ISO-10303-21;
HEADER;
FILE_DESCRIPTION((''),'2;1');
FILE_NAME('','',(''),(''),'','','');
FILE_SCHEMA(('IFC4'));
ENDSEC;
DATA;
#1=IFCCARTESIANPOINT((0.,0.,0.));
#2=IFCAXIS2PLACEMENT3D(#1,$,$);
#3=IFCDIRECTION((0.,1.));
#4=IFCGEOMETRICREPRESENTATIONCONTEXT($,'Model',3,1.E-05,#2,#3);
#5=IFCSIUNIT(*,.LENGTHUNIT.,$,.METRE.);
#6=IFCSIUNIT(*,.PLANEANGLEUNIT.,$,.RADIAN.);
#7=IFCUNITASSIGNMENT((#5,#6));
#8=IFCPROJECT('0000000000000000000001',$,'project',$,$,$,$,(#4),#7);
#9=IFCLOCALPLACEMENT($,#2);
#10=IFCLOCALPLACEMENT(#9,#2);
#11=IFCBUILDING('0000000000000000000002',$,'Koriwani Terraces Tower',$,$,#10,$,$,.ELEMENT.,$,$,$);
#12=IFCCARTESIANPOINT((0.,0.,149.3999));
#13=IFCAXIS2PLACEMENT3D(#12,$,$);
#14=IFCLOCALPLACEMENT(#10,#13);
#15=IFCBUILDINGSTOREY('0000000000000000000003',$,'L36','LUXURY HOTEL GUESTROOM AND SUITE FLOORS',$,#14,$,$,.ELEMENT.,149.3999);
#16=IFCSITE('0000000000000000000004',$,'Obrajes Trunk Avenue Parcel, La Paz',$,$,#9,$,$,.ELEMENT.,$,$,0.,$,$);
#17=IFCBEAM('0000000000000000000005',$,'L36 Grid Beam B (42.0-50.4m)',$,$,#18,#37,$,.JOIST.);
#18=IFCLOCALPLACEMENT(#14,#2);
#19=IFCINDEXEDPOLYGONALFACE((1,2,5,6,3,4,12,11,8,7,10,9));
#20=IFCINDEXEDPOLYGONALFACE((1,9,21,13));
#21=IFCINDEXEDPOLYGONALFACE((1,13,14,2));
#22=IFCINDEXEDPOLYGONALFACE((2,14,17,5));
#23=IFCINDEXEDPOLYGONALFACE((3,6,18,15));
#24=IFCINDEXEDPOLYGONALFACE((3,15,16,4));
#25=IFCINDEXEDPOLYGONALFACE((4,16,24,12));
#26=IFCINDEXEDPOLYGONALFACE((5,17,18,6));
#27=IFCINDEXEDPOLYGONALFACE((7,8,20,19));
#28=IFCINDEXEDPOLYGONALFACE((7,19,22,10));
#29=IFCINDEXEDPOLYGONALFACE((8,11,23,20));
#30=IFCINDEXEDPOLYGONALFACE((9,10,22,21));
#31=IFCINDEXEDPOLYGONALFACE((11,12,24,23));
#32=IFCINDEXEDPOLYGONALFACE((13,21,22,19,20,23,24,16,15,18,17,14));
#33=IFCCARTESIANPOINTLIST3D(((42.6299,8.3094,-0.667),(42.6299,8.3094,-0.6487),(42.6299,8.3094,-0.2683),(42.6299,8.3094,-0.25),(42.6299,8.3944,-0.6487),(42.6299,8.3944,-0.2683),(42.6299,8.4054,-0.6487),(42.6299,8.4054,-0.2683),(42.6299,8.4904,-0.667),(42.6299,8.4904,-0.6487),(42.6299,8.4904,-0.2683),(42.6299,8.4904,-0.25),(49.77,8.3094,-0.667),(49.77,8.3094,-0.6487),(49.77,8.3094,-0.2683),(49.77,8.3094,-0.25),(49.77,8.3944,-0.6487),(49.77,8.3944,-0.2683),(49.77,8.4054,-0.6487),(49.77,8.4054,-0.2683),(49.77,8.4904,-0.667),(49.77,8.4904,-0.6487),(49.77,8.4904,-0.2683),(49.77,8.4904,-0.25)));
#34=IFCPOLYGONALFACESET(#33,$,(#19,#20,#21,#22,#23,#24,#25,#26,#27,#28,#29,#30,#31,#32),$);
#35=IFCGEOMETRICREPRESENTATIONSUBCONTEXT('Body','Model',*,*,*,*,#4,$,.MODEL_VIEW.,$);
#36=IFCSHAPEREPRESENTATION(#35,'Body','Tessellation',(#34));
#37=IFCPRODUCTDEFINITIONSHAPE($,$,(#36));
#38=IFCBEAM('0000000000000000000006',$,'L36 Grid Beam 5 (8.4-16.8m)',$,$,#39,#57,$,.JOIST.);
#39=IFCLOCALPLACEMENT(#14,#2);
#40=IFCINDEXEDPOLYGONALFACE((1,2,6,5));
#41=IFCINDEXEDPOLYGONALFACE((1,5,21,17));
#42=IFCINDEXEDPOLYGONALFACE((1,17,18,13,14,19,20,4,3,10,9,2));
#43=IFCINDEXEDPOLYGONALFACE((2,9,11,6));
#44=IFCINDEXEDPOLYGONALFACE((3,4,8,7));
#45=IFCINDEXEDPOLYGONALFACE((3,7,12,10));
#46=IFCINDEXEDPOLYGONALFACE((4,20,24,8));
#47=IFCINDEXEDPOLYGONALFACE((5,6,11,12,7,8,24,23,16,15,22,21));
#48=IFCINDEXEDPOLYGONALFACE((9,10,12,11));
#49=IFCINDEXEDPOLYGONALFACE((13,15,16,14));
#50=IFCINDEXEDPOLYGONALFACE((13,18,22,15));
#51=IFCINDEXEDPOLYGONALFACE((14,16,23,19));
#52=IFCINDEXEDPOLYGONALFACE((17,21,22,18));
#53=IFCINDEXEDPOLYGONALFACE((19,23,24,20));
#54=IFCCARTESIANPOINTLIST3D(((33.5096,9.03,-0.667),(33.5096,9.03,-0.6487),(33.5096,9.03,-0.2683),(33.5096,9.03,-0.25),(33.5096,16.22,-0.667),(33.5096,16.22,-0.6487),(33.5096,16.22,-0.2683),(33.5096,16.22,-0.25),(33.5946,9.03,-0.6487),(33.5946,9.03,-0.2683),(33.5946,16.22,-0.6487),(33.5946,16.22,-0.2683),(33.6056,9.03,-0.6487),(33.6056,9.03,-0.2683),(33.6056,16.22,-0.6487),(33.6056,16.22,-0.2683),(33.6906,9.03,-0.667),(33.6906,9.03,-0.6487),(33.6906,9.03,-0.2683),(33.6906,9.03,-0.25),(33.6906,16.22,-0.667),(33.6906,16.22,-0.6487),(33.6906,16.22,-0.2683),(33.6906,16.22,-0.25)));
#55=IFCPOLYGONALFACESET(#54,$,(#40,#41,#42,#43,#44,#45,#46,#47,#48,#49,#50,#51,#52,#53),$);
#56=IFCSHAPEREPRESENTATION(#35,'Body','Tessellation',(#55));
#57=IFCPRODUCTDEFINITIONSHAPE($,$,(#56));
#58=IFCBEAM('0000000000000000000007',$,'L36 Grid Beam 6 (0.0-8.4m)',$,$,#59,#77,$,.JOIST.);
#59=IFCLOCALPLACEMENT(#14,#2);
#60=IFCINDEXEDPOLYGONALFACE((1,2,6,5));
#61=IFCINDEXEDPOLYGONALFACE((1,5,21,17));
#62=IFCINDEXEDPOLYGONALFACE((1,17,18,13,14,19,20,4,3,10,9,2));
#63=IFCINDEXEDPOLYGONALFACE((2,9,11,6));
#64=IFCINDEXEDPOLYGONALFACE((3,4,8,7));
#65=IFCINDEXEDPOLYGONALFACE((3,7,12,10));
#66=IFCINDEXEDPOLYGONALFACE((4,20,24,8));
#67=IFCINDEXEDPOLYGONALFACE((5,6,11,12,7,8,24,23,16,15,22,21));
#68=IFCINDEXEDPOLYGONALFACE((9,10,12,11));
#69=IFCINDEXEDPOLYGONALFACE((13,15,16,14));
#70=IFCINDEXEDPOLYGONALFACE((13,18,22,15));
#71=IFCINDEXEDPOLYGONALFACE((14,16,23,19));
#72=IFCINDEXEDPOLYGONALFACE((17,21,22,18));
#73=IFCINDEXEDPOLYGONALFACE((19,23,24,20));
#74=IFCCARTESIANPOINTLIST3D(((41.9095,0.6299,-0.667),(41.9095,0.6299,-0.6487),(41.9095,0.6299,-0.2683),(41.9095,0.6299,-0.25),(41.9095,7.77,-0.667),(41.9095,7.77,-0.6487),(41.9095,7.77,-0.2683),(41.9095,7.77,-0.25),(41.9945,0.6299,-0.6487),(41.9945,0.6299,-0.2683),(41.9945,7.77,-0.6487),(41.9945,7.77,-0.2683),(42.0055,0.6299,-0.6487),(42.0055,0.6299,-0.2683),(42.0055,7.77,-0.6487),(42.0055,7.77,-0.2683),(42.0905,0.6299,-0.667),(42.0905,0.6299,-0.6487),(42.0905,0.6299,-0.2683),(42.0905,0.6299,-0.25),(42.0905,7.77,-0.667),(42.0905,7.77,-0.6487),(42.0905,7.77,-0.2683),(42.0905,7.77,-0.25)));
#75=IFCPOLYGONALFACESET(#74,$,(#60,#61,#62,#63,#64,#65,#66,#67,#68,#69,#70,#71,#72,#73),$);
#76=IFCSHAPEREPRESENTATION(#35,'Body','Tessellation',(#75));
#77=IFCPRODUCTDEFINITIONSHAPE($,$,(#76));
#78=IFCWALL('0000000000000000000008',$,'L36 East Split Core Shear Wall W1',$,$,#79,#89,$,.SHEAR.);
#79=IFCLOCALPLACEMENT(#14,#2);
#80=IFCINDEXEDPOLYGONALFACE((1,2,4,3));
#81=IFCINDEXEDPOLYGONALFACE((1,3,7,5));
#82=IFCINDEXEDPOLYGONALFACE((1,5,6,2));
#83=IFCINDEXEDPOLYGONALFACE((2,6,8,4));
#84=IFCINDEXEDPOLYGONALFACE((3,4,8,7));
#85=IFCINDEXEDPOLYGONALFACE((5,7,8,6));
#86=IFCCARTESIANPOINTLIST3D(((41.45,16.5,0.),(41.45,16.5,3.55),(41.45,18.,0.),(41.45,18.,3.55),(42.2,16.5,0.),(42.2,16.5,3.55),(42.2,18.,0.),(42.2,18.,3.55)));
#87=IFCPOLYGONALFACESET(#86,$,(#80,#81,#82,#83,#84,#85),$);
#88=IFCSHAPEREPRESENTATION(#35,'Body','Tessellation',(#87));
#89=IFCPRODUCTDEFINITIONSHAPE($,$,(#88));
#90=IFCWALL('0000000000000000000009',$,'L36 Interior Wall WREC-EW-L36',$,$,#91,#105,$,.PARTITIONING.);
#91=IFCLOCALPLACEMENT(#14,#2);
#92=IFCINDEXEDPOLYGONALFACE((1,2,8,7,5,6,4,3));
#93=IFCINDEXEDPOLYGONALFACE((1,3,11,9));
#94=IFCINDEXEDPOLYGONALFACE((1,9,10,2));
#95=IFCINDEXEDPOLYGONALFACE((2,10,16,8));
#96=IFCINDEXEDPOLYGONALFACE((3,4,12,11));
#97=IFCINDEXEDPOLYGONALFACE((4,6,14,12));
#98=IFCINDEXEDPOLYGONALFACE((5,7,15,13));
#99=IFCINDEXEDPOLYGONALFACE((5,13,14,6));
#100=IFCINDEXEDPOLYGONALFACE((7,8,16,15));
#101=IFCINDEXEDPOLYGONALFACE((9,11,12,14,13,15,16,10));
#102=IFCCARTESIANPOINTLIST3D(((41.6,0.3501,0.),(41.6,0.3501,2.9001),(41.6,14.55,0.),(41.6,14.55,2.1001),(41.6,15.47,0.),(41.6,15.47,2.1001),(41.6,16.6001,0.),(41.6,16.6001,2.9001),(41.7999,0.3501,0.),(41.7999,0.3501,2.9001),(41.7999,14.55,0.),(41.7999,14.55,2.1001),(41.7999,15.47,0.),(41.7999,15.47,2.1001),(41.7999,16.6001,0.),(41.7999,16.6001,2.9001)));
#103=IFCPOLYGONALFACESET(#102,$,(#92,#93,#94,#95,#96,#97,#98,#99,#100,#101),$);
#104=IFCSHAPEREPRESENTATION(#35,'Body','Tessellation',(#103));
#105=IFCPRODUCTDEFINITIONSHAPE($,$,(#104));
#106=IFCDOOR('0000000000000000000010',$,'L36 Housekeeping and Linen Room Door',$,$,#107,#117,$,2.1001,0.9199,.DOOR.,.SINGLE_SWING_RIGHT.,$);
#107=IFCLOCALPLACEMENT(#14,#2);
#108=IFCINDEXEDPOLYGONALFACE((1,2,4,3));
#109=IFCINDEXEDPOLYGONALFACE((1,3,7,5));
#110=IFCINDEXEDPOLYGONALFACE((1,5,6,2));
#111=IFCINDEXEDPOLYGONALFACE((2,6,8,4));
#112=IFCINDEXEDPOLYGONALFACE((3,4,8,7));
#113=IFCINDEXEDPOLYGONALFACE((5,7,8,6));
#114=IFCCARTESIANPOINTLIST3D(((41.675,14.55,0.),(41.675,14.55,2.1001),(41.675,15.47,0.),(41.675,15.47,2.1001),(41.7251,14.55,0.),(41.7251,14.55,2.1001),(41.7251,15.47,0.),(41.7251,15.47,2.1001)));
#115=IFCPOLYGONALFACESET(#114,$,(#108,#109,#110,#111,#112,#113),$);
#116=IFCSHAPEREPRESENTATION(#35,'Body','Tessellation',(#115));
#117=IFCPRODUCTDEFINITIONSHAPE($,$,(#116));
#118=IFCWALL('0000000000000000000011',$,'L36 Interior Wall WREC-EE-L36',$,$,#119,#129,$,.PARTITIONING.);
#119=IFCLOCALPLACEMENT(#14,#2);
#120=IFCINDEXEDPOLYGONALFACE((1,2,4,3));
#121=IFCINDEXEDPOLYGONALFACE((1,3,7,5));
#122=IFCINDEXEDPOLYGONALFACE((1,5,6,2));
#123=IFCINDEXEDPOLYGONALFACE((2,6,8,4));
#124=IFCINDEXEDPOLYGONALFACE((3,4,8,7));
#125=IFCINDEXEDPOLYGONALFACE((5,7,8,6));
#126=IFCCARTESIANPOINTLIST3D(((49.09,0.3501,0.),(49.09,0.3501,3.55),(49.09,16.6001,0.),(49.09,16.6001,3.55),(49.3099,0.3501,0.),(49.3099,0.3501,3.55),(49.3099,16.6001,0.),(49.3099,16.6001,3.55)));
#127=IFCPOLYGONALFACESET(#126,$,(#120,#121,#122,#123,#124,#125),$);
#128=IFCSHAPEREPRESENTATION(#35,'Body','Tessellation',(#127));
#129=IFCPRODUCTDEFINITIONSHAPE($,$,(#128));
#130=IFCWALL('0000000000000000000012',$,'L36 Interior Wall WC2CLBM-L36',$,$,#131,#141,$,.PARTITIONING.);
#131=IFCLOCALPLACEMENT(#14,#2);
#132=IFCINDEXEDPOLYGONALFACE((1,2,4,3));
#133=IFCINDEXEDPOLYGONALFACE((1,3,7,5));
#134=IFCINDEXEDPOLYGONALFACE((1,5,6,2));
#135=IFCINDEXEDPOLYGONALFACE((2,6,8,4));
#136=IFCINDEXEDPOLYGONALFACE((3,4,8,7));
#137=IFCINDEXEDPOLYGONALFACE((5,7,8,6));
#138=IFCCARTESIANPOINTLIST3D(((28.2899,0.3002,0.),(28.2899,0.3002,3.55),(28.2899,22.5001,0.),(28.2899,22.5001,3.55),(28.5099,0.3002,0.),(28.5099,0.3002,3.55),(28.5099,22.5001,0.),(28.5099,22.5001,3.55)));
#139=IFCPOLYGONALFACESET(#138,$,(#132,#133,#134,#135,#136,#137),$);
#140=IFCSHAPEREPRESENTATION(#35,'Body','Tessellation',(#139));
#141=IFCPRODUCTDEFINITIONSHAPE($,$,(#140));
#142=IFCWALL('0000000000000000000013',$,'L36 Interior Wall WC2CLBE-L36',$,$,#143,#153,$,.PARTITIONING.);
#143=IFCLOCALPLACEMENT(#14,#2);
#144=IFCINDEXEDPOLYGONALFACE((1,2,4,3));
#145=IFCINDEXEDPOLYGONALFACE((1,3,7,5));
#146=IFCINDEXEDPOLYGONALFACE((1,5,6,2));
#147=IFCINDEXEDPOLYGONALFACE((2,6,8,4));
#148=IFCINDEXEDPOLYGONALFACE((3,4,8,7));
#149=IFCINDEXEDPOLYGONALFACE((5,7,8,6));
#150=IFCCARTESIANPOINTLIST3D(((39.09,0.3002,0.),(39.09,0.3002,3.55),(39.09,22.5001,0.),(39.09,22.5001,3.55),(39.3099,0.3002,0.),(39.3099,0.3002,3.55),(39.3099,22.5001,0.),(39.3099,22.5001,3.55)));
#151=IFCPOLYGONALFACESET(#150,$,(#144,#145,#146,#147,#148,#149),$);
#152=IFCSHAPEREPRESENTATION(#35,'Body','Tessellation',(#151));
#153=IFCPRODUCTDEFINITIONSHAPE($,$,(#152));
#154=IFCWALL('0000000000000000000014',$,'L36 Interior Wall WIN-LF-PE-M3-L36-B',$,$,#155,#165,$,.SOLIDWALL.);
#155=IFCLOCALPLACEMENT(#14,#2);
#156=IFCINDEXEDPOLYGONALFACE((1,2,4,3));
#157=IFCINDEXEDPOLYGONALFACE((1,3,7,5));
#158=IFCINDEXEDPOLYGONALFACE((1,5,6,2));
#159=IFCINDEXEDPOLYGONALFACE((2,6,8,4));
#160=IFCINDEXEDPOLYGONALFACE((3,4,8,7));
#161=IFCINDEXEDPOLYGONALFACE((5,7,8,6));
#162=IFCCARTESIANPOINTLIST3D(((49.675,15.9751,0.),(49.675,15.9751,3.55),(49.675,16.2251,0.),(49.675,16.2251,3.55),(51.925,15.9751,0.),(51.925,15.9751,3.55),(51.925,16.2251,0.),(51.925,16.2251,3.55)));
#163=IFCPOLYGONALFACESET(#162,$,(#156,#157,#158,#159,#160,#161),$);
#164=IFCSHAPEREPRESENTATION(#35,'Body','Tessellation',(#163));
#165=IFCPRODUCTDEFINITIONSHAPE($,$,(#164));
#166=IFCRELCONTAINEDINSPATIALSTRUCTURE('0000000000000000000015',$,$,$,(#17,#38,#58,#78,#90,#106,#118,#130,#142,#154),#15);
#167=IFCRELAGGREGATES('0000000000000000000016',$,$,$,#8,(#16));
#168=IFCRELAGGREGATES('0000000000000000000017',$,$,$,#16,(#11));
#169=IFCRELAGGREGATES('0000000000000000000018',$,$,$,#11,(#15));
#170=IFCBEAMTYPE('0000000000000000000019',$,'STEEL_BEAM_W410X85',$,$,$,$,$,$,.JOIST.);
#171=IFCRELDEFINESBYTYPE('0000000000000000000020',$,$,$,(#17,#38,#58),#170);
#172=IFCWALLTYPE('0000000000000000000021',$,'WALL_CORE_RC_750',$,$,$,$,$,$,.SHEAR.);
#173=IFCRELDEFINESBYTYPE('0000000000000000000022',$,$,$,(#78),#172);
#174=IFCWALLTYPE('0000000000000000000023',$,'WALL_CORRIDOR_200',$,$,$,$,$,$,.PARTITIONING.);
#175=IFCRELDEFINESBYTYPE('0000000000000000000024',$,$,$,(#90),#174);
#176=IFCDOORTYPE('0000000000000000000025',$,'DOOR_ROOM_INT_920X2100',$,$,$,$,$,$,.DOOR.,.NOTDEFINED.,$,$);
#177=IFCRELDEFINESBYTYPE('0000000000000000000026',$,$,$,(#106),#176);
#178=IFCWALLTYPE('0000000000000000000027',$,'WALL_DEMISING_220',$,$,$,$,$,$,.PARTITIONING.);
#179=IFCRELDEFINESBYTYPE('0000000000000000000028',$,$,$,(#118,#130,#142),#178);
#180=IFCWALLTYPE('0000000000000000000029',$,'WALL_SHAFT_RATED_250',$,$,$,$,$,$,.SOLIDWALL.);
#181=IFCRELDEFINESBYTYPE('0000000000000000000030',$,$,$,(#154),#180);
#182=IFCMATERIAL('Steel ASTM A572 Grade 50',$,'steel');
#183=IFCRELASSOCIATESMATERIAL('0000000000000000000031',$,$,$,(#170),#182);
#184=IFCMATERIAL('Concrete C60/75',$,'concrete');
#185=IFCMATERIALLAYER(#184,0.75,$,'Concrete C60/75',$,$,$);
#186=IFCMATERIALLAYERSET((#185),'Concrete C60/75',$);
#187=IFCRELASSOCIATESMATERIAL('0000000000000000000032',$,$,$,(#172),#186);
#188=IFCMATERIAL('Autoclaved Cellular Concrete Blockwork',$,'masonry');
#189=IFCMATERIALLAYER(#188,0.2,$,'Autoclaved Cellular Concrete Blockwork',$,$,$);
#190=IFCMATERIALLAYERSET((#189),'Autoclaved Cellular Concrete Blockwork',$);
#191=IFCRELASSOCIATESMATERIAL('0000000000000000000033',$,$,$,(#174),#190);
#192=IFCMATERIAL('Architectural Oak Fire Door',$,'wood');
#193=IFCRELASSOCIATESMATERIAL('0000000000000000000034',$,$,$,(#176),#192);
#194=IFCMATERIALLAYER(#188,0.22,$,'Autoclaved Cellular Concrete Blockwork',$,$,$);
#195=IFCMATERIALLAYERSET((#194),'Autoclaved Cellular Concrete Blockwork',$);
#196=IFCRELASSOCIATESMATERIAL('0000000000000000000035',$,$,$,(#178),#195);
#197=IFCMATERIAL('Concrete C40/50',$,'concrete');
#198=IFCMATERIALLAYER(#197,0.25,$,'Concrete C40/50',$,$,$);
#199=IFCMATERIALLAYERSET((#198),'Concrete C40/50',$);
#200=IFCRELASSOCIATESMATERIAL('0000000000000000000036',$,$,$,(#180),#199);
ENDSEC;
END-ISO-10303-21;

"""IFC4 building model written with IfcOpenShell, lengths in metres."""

from ifc_helpers import new_model, si_unit, direction, frame, frame_2d, origin, origin_2d, place, context, subcontext, project, spatial, rectangle, i_section, extrude, material, layer, layer_set, material_profile, profile_set, type_object, element, fill, save


model = new_model("IFC4")

# Units and contexts
model_context = context("Model", 3, precision=1e-05, world=origin(), true_north=direction((0.0, 1.0)))
body_context = subcontext(model_context, "Body", "Model", "MODEL_VIEW")
ifc_project = project(units=[si_unit("LENGTHUNIT", "METRE"), si_unit("PLANEANGLEUNIT", "RADIAN")], contexts=[model_context])

# Site, building, storey
site_placement = place(None, origin())
site = spatial("IfcSite", under=ifc_project, at=site_placement, Name="Obrajes Trunk Avenue Parcel, La Paz", CompositionType="ELEMENT", RefElevation=0.0)
building_placement = place(site_placement, origin())
building = spatial("IfcBuilding", under=site, at=building_placement, Name="Koriwani Terraces Tower", CompositionType="ELEMENT")
storey_placement = place(building_placement, frame((0.0, 0.0, 149.3999)))
storey = spatial("IfcBuildingStorey", under=building, at=storey_placement, Name="L36", Description="LUXURY HOTEL GUESTROOM AND SUITE FLOORS", CompositionType="ELEMENT", Elevation=149.3999)

# Shared definitions
ifc_material_1 = material(Name="Concrete C60/75", Category="concrete")

# Beams
ifc_material_2 = material(Name="Concrete C40/50", Category="concrete")
ifc_material_3 = material(Name="Steel ASTM A572 Grade 50", Category="steel")
ifc_material_profile_1 = material_profile(ifc_material_3, i_section(OverallWidth=0.1809, OverallDepth=0.417, WebThickness=0.011, FlangeThickness=0.0183, at=origin_2d()), Name="Steel ASTM A572 Grade 50", Category="LoadBearing")
ifc_profile_set_1 = profile_set([ifc_material_profile_1], Name="Steel ASTM A572 Grade 50")
beam_type_1 = type_object("IfcBeamType", Name="STEEL_BEAM_W410X85", PredefinedType="JOIST", material=ifc_profile_set_1)
beam_1_placement = place(storey_placement, frame((42.6299, 8.3999, -0.4585), z_axis=(1.0, 0.0, 0.0), x_axis=(0.0, 1.0, 0.0)))
element("IfcBeam", 1, at=beam_1_placement, inside=storey, type_object=beam_type_1, Name="L36 Grid Beam B (42.0-50.4m)", PredefinedType="JOIST", context=body_context, shape_type="SweptSolid", body=[
    extrude(i_section(OverallWidth=0.1809, OverallDepth=0.417, WebThickness=0.011, FlangeThickness=0.0183, at=origin_2d()), origin(), (0.0, 0.0, 1.0), 7.1401),
])
beam_2_placement = place(storey_placement, frame((33.6001, 9.03, -0.4585), z_axis=(0.0, 1.0, 0.0), x_axis=(-1.0, 0.0, 0.0)))
element("IfcBeam", 2, at=beam_2_placement, inside=storey, type_object=beam_type_1, Name="L36 Grid Beam 5 (8.4-16.8m)", PredefinedType="JOIST", context=body_context, shape_type="SweptSolid", body=[
    extrude(i_section(OverallWidth=0.1809, OverallDepth=0.417, WebThickness=0.011, FlangeThickness=0.0183, at=origin_2d()), origin(), (0.0, 0.0, 1.0), 7.1899),
])
beam_3_placement = place(storey_placement, frame((42.0, 0.6299, -0.4585), z_axis=(0.0, 1.0, 0.0), x_axis=(-1.0, 0.0, 0.0)))
element("IfcBeam", 3, at=beam_3_placement, inside=storey, type_object=beam_type_1, Name="L36 Grid Beam 6 (0.0-8.4m)", PredefinedType="JOIST", context=body_context, shape_type="SweptSolid", body=[
    extrude(i_section(OverallWidth=0.1809, OverallDepth=0.417, WebThickness=0.011, FlangeThickness=0.0183, at=origin_2d()), origin(), (0.0, 0.0, 1.0), 7.1401),
])

# Wall
ifc_layer_1 = layer(ifc_material_1, 0.75, Name="Concrete C60/75")
ifc_layer_set_1 = layer_set([ifc_layer_1], Name="Concrete C60/75")
wall_type_1 = type_object("IfcWallType", Name="WALL_CORE_RC_750", PredefinedType="SHEAR", material=ifc_layer_set_1)
wall_1_placement = place(storey_placement, frame((41.825, 16.5, 0.0), z_axis=(0.0, 0.0, 1.0), x_axis=(0.0, 1.0, 0.0)))
element("IfcWall", 4, at=wall_1_placement, inside=storey, type_object=wall_type_1, Name="L36 East Split Core Shear Wall W1", PredefinedType="SHEAR", context=body_context, shape_type="SweptSolid", body=[
    extrude(rectangle(XDim=1.5, YDim=0.75, at=frame_2d((0.75, 0.0))), origin(), (0.0, 0.0, 1.0), 3.55),
])

# Wall, opening, door
ifc_material_4 = material(Name="Autoclaved Cellular Concrete Blockwork", Category="masonry")
ifc_layer_2 = layer(ifc_material_4, 0.2, Name="Autoclaved Cellular Concrete Blockwork")
ifc_layer_set_2 = layer_set([ifc_layer_2], Name="Autoclaved Cellular Concrete Blockwork")
wall_type_2 = type_object("IfcWallType", Name="WALL_CORRIDOR_200", PredefinedType="PARTITIONING", material=ifc_layer_set_2)
wall_2_placement = place(storey_placement, frame((41.7, 0.3501, 0.0), z_axis=(0.0, 0.0, 1.0), x_axis=(0.0, 1.0, 0.0)))
wall_2 = element("IfcWall", 5, at=wall_2_placement, inside=storey, type_object=wall_type_2, Name="L36 Interior Wall WREC-EW-L36", PredefinedType="PARTITIONING", context=body_context, shape_type="SweptSolid", body=[
    extrude(rectangle(XDim=16.25, YDim=0.2, at=frame_2d((8.125, 0.0))), origin(), (0.0, 0.0, 1.0), 2.9001),
])
opening_1_placement = place(wall_2_placement, frame((14.2, 0.0, 0.0)))
opening_1 = element("IfcOpeningElement", 6, at=opening_1_placement, cuts=wall_2, PredefinedType="OPENING", context=body_context, shape_type="SweptSolid", body=[
    extrude(rectangle(XDim=0.9199, YDim=2.1001, at=frame_2d((0.46, 1.05))), frame((0.0, 0.1099, 0.0), z_axis=(0.0, -1.0, 0.0), x_axis=(1.0, 0.0, 0.0)), (0.0, 0.0, 1.0), 0.22),
])
ifc_material_5 = material(Name="Architectural Oak Fire Door", Category="wood")
door_type_1 = type_object("IfcDoorType", Name="DOOR_ROOM_INT_920X2100", OperationType="NOTDEFINED", PredefinedType="DOOR", material=ifc_material_5)
door_1_placement = place(opening_1_placement, origin())
door_1 = element("IfcDoor", 7, at=door_1_placement, inside=storey, type_object=door_type_1, Name="L36 Housekeeping and Linen Room Door", OperationType="SINGLE_SWING_RIGHT", OverallHeight=2.1001, OverallWidth=0.9199, PredefinedType="DOOR", context=body_context, shape_type="SweptSolid", body=[
    extrude(rectangle(XDim=0.9199, YDim=2.1001, at=frame_2d((0.46, 1.05))), frame((0.0, 0.0249, 0.0), z_axis=(0.0, -1.0, 0.0), x_axis=(1.0, 0.0, 0.0)), (0.0, 0.0, 1.0), 0.05),
])
fill(opening_1, door_1)

# Walls
ifc_layer_3 = layer(ifc_material_4, 0.22, Name="Autoclaved Cellular Concrete Blockwork")
ifc_layer_set_3 = layer_set([ifc_layer_3], Name="Autoclaved Cellular Concrete Blockwork")
wall_type_3 = type_object("IfcWallType", Name="WALL_DEMISING_220", PredefinedType="PARTITIONING", material=ifc_layer_set_3)
wall_3_placement = place(storey_placement, frame((49.2, 0.3501, 0.0), z_axis=(0.0, 0.0, 1.0), x_axis=(0.0, 1.0, 0.0)))
element("IfcWall", 8, at=wall_3_placement, inside=storey, type_object=wall_type_3, Name="L36 Interior Wall WREC-EE-L36", PredefinedType="PARTITIONING", context=body_context, shape_type="SweptSolid", body=[
    extrude(rectangle(XDim=16.25, YDim=0.22, at=frame_2d((8.125, 0.0))), origin(), (0.0, 0.0, 1.0), 3.55),
])
for number, where, z_axis, x_axis, name in (
    (9, (28.3999, 0.3, 0.0), (0.0, 0.0, 1.0), (0.0, 1.0, 0.0), "L36 Interior Wall WC2CLBM-L36"),
    (10, (39.2, 0.3, 0.0), (0.0, 0.0, 1.0), (0.0, 1.0, 0.0), "L36 Interior Wall WC2CLBE-L36"),
):
    element("IfcWall", number, at=place(storey_placement, frame(where, z_axis=z_axis, x_axis=x_axis)), inside=storey, type_object=wall_type_3, Name=name, PredefinedType="PARTITIONING", context=body_context, shape_type="SweptSolid", body=[
        extrude(rectangle(XDim=22.2, YDim=0.22, at=frame_2d((11.1001, 0.0))), origin(), (0.0, 0.0, 1.0), 3.55),
    ])

# Shared definitions
ifc_layer_4 = layer(ifc_material_2, 0.25, Name="Concrete C40/50")
ifc_layer_set_4 = layer_set([ifc_layer_4], Name="Concrete C40/50")
wall_type_4 = type_object("IfcWallType", Name="WALL_SHAFT_RATED_250", PredefinedType="SOLIDWALL", material=ifc_layer_set_4)

# Wall
wall_4_placement = place(storey_placement, frame((49.675, 16.1001, 0.0), z_axis=(0.0, 0.0, 1.0), x_axis=(1.0, 0.0, 0.0)))
element("IfcWall", 11, at=wall_4_placement, inside=storey, type_object=wall_type_4, Name="L36 Interior Wall WIN-LF-PE-M3-L36-B", PredefinedType="SOLIDWALL", context=body_context, shape_type="SweptSolid", body=[
    extrude(rectangle(XDim=2.25, YDim=0.25, at=frame_2d((1.125, 0.0))), origin(), (0.0, 0.0, 1.0), 3.55),
])

save(model, "model.ifc")
